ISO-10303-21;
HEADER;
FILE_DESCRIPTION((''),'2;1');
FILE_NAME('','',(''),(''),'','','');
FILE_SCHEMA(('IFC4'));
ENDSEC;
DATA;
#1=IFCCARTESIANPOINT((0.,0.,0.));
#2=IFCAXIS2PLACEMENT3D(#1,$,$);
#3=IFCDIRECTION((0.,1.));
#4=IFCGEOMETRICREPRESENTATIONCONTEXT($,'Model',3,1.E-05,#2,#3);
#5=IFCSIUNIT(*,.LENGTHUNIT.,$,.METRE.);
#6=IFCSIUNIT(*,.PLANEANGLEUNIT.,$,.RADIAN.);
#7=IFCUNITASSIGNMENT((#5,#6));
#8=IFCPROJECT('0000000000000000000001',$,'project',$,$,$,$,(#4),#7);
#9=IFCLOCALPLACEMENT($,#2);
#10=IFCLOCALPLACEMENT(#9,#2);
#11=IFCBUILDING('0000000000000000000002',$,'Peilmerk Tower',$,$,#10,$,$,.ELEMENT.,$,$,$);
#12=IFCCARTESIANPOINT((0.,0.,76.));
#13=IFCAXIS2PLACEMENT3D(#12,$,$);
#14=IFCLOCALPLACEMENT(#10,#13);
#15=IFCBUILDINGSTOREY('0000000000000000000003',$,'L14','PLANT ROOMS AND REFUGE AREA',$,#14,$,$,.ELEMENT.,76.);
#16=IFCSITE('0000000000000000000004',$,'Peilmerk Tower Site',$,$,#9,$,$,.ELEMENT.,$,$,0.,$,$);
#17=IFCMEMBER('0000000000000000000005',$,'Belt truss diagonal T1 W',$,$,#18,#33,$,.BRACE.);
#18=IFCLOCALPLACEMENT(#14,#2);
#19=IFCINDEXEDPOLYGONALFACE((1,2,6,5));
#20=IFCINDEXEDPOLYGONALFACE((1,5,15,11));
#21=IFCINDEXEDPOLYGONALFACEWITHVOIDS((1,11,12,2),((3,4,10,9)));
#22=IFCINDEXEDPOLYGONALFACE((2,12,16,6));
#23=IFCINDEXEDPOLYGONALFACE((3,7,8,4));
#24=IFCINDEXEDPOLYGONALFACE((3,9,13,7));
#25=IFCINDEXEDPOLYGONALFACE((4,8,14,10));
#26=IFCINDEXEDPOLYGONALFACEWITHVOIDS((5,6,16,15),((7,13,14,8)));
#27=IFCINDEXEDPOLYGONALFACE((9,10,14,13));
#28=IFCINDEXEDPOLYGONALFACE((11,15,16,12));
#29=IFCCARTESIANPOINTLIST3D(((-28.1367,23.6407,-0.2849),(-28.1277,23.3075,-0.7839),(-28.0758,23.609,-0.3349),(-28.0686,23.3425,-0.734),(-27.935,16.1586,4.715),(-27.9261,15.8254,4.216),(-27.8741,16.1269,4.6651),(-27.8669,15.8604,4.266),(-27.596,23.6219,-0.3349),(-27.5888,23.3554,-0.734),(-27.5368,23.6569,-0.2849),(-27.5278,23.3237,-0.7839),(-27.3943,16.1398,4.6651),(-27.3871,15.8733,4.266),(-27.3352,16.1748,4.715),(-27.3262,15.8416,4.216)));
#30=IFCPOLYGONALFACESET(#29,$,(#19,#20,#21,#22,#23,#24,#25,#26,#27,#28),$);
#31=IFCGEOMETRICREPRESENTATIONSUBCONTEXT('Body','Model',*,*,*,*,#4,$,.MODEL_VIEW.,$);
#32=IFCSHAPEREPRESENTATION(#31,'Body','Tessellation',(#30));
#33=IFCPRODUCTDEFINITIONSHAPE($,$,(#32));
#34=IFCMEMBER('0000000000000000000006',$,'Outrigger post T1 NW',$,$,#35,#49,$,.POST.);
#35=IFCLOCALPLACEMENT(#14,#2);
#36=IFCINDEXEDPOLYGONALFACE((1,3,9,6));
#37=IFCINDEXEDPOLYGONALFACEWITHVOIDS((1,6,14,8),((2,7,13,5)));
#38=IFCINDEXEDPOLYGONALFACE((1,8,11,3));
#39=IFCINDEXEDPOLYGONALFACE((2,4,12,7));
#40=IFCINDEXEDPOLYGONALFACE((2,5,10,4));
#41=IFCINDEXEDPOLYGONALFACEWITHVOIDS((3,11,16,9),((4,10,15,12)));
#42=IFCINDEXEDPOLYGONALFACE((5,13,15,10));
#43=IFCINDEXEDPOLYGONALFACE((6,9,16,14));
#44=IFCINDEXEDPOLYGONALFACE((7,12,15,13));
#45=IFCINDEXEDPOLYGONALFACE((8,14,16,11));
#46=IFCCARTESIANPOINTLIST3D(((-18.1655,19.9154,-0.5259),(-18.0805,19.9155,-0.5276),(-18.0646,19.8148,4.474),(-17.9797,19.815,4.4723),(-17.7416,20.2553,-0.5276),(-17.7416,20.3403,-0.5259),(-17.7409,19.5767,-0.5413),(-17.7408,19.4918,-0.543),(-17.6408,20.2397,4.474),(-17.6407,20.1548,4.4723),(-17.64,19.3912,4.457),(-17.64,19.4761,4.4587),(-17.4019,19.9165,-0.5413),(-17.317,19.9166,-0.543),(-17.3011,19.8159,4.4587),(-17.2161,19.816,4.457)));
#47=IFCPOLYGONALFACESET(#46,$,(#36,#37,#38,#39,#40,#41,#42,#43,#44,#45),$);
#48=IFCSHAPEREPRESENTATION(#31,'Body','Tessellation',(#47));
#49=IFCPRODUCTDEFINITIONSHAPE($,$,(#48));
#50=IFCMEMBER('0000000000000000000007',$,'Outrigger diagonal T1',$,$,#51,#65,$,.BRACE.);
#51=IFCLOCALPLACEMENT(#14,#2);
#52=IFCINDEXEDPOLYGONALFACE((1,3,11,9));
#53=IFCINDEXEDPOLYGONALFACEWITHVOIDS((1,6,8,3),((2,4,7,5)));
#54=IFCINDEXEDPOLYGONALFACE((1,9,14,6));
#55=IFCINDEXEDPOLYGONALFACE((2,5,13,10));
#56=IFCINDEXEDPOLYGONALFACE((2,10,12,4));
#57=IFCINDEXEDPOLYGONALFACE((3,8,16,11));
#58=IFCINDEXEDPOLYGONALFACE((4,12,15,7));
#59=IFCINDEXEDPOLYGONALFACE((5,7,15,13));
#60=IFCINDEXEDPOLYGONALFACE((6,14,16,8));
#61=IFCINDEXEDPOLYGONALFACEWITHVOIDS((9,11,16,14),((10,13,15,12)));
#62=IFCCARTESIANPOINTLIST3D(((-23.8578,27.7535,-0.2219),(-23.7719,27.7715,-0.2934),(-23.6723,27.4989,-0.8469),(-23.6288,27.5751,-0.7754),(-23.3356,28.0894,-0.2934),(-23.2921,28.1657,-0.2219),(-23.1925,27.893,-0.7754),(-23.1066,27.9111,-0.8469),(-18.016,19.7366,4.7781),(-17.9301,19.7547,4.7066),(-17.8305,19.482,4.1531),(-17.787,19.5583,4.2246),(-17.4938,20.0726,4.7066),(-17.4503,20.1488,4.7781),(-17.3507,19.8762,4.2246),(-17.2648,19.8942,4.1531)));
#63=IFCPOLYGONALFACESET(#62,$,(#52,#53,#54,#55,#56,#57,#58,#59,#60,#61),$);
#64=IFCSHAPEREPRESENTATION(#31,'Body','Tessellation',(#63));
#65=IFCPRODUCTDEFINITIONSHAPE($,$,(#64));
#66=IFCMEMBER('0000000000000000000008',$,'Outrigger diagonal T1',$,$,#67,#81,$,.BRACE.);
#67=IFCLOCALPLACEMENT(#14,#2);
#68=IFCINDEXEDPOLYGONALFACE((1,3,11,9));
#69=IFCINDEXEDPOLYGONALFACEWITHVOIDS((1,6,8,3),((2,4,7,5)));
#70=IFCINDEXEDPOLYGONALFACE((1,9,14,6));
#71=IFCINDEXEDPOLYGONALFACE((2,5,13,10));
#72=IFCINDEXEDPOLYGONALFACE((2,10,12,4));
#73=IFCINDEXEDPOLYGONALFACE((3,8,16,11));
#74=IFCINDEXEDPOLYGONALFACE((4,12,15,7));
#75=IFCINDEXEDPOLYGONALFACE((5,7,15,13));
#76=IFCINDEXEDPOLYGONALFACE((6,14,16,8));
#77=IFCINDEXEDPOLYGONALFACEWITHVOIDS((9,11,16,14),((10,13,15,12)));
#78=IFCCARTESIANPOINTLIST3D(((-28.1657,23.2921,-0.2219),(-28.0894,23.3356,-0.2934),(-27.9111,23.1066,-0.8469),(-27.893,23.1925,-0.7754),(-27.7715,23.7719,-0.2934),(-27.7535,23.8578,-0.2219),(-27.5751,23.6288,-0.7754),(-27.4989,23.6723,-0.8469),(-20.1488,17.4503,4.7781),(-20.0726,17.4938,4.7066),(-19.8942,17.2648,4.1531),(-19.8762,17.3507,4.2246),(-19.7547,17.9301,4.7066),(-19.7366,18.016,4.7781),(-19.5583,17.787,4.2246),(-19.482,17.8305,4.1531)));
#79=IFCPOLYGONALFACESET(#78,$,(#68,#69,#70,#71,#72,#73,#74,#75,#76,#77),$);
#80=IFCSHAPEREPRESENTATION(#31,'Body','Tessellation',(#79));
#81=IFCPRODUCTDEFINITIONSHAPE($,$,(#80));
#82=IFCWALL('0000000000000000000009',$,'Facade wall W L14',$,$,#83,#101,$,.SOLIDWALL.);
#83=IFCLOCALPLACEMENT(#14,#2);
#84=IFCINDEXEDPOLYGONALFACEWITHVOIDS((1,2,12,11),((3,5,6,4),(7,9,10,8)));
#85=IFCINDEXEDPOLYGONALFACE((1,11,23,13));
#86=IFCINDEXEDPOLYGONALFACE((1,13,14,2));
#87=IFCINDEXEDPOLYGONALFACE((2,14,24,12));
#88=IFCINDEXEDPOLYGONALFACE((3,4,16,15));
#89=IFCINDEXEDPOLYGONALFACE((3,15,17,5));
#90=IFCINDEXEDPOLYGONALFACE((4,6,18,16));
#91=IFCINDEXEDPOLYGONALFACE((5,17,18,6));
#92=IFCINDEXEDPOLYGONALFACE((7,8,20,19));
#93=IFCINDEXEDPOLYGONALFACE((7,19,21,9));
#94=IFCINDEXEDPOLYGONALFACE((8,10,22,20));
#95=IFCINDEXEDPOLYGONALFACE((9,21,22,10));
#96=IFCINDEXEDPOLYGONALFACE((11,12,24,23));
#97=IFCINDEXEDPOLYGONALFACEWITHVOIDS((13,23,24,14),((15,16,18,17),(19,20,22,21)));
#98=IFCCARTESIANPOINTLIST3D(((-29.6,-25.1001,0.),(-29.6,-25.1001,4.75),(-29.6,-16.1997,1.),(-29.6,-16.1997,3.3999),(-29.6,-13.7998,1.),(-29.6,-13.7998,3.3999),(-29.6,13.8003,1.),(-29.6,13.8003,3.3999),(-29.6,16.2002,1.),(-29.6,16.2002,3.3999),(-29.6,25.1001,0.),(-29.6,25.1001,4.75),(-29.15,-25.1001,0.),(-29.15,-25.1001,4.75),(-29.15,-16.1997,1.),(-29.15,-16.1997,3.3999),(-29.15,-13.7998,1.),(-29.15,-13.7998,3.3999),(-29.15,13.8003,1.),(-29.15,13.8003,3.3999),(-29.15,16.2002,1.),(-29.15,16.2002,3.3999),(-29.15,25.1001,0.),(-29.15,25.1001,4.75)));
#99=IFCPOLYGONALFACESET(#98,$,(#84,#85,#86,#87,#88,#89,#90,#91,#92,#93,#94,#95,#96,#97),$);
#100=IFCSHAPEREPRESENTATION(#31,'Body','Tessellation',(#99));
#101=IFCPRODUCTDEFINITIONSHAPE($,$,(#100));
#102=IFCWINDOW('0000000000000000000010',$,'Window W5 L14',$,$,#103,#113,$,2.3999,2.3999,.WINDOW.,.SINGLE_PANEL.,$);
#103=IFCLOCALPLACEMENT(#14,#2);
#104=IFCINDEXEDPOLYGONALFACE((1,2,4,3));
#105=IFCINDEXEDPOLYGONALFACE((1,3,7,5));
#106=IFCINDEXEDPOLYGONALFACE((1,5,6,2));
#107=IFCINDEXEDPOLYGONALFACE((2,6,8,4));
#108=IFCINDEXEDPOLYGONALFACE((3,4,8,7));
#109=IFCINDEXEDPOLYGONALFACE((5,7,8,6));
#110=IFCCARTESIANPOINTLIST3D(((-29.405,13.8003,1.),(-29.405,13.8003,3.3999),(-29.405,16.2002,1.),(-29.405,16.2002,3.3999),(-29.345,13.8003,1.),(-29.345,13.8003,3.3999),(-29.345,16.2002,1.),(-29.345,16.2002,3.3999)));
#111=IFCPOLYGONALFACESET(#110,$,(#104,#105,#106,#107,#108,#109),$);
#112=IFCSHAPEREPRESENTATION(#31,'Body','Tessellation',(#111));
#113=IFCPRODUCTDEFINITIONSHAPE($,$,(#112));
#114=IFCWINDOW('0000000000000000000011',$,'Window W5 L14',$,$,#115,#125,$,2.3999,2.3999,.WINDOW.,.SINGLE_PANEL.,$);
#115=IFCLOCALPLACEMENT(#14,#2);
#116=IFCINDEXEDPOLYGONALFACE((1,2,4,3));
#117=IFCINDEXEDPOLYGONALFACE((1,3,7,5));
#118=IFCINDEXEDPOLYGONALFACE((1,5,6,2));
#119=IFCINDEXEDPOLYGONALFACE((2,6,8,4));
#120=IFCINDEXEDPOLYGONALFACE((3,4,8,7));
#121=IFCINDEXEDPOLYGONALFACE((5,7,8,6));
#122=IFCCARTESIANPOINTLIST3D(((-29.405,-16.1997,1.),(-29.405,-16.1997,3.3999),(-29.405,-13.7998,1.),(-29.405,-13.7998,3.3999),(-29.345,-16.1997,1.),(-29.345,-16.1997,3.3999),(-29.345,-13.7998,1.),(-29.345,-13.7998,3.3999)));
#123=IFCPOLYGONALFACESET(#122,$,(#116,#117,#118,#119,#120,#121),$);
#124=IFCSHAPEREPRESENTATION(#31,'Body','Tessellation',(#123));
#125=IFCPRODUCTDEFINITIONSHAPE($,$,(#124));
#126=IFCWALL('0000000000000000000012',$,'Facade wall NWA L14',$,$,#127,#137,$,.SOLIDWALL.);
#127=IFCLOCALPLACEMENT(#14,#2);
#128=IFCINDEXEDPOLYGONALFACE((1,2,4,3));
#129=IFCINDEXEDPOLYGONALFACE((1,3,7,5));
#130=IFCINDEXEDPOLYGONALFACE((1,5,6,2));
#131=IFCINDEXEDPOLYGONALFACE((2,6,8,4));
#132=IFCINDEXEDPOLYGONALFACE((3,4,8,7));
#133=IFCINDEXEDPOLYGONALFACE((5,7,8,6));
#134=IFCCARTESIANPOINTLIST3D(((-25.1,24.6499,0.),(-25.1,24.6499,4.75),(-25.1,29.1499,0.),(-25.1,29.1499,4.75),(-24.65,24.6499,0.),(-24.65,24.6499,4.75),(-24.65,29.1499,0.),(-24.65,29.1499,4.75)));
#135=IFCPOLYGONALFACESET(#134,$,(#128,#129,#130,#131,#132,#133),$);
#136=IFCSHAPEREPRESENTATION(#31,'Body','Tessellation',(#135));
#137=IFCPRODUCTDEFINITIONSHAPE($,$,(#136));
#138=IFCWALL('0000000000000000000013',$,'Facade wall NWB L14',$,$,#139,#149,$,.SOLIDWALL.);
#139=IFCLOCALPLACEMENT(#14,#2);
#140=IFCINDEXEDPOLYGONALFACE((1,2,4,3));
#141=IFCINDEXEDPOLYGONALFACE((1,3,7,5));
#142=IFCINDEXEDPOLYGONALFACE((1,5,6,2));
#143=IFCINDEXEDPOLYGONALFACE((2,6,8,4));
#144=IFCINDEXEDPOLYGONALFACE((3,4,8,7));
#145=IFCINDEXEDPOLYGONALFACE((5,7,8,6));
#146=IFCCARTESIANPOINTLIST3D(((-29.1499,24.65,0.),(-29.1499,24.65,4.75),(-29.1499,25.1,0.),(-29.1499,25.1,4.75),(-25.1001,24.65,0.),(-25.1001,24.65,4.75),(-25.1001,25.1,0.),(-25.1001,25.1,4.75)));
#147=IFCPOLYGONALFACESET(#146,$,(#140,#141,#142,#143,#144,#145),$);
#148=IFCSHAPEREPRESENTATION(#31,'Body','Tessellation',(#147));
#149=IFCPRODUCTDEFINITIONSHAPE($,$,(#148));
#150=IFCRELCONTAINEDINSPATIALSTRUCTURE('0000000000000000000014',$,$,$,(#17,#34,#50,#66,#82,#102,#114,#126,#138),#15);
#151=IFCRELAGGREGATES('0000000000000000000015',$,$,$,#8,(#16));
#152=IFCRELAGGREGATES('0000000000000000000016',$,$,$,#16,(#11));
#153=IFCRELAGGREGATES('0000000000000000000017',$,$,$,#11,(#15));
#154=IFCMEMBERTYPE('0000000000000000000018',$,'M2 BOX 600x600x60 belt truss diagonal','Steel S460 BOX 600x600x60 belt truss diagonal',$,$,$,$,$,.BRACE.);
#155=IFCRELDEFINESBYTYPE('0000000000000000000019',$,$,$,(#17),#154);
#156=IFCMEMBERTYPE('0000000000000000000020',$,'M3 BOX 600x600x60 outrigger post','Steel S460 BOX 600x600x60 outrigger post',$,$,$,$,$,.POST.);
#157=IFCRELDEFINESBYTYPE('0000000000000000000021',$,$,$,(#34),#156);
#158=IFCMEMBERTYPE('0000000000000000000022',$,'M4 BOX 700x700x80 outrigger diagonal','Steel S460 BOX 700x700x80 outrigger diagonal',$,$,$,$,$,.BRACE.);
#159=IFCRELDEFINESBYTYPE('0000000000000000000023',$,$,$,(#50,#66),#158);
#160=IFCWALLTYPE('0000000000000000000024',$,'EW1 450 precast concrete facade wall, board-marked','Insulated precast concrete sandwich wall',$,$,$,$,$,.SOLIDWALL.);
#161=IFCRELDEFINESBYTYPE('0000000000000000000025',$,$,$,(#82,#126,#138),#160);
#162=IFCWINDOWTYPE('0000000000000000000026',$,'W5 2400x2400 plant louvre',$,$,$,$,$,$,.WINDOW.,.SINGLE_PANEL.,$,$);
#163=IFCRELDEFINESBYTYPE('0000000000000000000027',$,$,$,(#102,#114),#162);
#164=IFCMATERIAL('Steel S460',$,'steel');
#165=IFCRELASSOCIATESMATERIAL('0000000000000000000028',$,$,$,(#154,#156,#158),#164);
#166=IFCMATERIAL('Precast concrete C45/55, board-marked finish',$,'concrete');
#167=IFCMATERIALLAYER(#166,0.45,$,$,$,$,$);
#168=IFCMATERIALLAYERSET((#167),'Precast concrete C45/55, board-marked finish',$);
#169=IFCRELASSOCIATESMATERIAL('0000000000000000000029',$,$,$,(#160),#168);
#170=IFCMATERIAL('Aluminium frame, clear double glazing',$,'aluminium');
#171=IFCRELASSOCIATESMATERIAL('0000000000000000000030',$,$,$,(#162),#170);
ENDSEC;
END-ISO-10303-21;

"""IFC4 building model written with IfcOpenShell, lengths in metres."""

from ifc_helpers import new_model, si_unit, direction, frame, frame_2d, origin, origin_2d, place, context, subcontext, project, spatial, rectangle, hollow_rectangle, extrude, material, layer, layer_set, material_profile, profile_set, type_object, element, fill, save


model = new_model("IFC4")

# Units and contexts
model_context = context("Model", 3, precision=1e-05, world=origin(), true_north=direction((0.0, 1.0)))
body_context = subcontext(model_context, "Body", "Model", "MODEL_VIEW")
ifc_project = project(units=[si_unit("LENGTHUNIT", "METRE"), si_unit("PLANEANGLEUNIT", "RADIAN")], contexts=[model_context])

# Site, building, storey
site_placement = place(None, origin())
site = spatial("IfcSite", under=ifc_project, at=site_placement, Name="Peilmerk Tower Site", CompositionType="ELEMENT", RefElevation=0.0)
building_placement = place(site_placement, origin())
building = spatial("IfcBuilding", under=site, at=building_placement, Name="Peilmerk Tower", CompositionType="ELEMENT")
storey_placement = place(building_placement, frame((0.0, 0.0, 76.0)))
storey = spatial("IfcBuildingStorey", under=building, at=storey_placement, Name="L14", Description="PLANT ROOMS AND REFUGE AREA", CompositionType="ELEMENT", Elevation=76.0)

# Shared definitions
ifc_material_1 = material(Name="Steel S460", Category="steel")

# Members
ifc_material_profile_1 = material_profile(ifc_material_1, hollow_rectangle(XDim=0.6001, YDim=0.6001, WallThickness=0.0601, at=origin_2d()), Name="BOX 600x600x60")
ifc_profile_set_1 = profile_set([ifc_material_profile_1], Name="Steel S460")
member_type_1 = type_object("IfcMemberType", Name="M2 BOX 600x600x60 belt truss diagonal", Description="Steel S460 BOX 600x600x60 belt truss diagonal", PredefinedType="BRACE", material=ifc_profile_set_1)
for number, where, z_axis, x_axis, name in (
    (1, (-27.8323, 23.4822, -0.5344), (0.022403, -0.831232, 0.555474), (0.999637, 0.026942, 0.0), "Belt truss diagonal T1 W"),
):
    element("IfcMember", number, at=place(storey_placement, frame(where, z_axis=z_axis, x_axis=x_axis)), inside=storey, type_object=member_type_1, Name=name, PredefinedType="BRACE", context=body_context, shape_type="SweptSolid", body=[
        extrude(hollow_rectangle(XDim=0.6001, YDim=0.6001, WallThickness=0.0601, at=origin_2d()), origin(), (0.0, 0.0, 1.0), 9.0012),
    ])
ifc_material_profile_2 = material_profile(ifc_material_1, hollow_rectangle(XDim=0.6001, YDim=0.6001, WallThickness=0.0601, at=origin_2d()), Name="BOX 600x600x60")
ifc_profile_set_2 = profile_set([ifc_material_profile_2], Name="Steel S460")
member_type_2 = type_object("IfcMemberType", Name="M3 BOX 600x600x60 outrigger post", Description="Steel S460 BOX 600x600x60 outrigger post", PredefinedType="POST", material=ifc_profile_set_2)
member_1_placement = place(storey_placement, frame((-17.7412, 19.916, -0.5344), z_axis=(0.020158, -0.020109, 0.999595), x_axis=(0.706249, 0.707963, 0.0)))
element("IfcMember", 2, at=member_1_placement, inside=storey, type_object=member_type_2, Name="Outrigger post T1 NW", PredefinedType="POST", context=body_context, shape_type="SweptSolid", body=[
    extrude(hollow_rectangle(XDim=0.6001, YDim=0.6001, WallThickness=0.0601, at=origin_2d()), origin(), (0.0, 0.0, 1.0), 5.002),
])
ifc_material_profile_3 = material_profile(ifc_material_1, hollow_rectangle(XDim=0.7, YDim=0.7, WallThickness=0.0801, at=origin_2d()), Name="BOX 700x700x80")
ifc_profile_set_3 = profile_set([ifc_material_profile_3], Name="Steel S460")
member_type_3 = type_object("IfcMemberType", Name="M4 BOX 700x700x80 outrigger diagonal", Description="Steel S460 BOX 700x700x80 outrigger diagonal", PredefinedType="BRACE", material=ifc_profile_set_3)
for number, where, z_axis, x_axis, name in (
    (3, (-23.4822, 27.8323, -0.5344), (0.52589, -0.721693, 0.45011), (0.808191, 0.588921, 0.0), "Outrigger diagonal T1"),
    (4, (-27.8323, 23.4822, -0.5344), (0.721693, -0.52589, 0.45011), (0.588921, 0.808191, 0.0), "Outrigger diagonal T1"),
):
    element("IfcMember", number, at=place(storey_placement, frame(where, z_axis=z_axis, x_axis=x_axis)), inside=storey, type_object=member_type_3, Name=name, PredefinedType="BRACE", context=body_context, shape_type="SweptSolid", body=[
        extrude(hollow_rectangle(XDim=0.7, YDim=0.7, WallThickness=0.0801, at=origin_2d()), origin(), (0.0, 0.0, 1.0), 11.1084),
    ])

# Wall, openings, windows
ifc_material_2 = material(Name="Precast concrete C45/55, board-marked finish", Category="concrete")
ifc_layer = layer(ifc_material_2, 0.45)
ifc_layer_set = layer_set([ifc_layer], Name="Precast concrete C45/55, board-marked finish")
wall_type = type_object("IfcWallType", Name="EW1 450 precast concrete facade wall, board-marked", Description="Insulated precast concrete sandwich wall", PredefinedType="SOLIDWALL", material=ifc_layer_set)
wall_1_placement = place(storey_placement, frame((-29.375, 25.1001, 0.0), z_axis=(0.0, 0.0, 1.0), x_axis=(0.0, -1.0, 0.0)))
wall_1 = element("IfcWall", 5, at=wall_1_placement, inside=storey, type_object=wall_type, Name="Facade wall W L14", PredefinedType="SOLIDWALL", context=body_context, shape_type="SweptSolid", body=[
    extrude(rectangle(XDim=50.2002, YDim=0.45, at=frame_2d((25.1001, 0.0))), origin(), (0.0, 0.0, 1.0), 4.75),
])
opening_1_placement = place(wall_1_placement, frame((8.8999, 0.0, 1.0)))
opening_1 = element("IfcOpeningElement", 6, at=opening_1_placement, cuts=wall_1, PredefinedType="OPENING", context=body_context, shape_type="SweptSolid", body=[
    extrude(rectangle(XDim=2.3999, YDim=2.3999, at=frame_2d((1.2, 1.2))), frame((0.0, 0.2349, 0.0), z_axis=(0.0, -1.0, 0.0), x_axis=(1.0, 0.0, 0.0)), (0.0, 0.0, 1.0), 0.47),
])
opening_2_placement = place(wall_1_placement, frame((38.8999, 0.0, 1.0)))
opening_2 = element("IfcOpeningElement", 7, at=opening_2_placement, cuts=wall_1, PredefinedType="OPENING", context=body_context, shape_type="SweptSolid", body=[
    extrude(rectangle(XDim=2.3999, YDim=2.3999, at=frame_2d((1.2, 1.2))), frame((0.0, 0.2349, 0.0), z_axis=(0.0, -1.0, 0.0), x_axis=(1.0, 0.0, 0.0)), (0.0, 0.0, 1.0), 0.47),
])
ifc_material_3 = material(Name="Aluminium frame, clear double glazing", Category="aluminium")
window_type = type_object("IfcWindowType", Name="W5 2400x2400 plant louvre", PartitioningType="SINGLE_PANEL", PredefinedType="WINDOW", material=ifc_material_3)
window_1_placement = place(opening_1_placement, origin())
window_1 = element("IfcWindow", 8, at=window_1_placement, inside=storey, type_object=window_type, Name="Window W5 L14", OverallHeight=2.3999, OverallWidth=2.3999, PartitioningType="SINGLE_PANEL", PredefinedType="WINDOW", context=body_context, shape_type="SweptSolid", body=[
    extrude(rectangle(XDim=2.3999, YDim=2.3999, at=frame_2d((1.2, 1.2))), frame((0.0, 0.03, 0.0), z_axis=(0.0, -1.0, 0.0), x_axis=(1.0, 0.0, 0.0)), (0.0, 0.0, 1.0), 0.0601),
])
fill(opening_1, window_1)
window_2_placement = place(opening_2_placement, origin())
window_2 = element("IfcWindow", 9, at=window_2_placement, inside=storey, type_object=window_type, Name="Window W5 L14", OverallHeight=2.3999, OverallWidth=2.3999, PartitioningType="SINGLE_PANEL", PredefinedType="WINDOW", context=body_context, shape_type="SweptSolid", body=[
    extrude(rectangle(XDim=2.3999, YDim=2.3999, at=frame_2d((1.2, 1.2))), frame((0.0, 0.03, 0.0), z_axis=(0.0, -1.0, 0.0), x_axis=(1.0, 0.0, 0.0)), (0.0, 0.0, 1.0), 0.0601),
])
fill(opening_2, window_2)

# Walls
wall_2_placement = place(storey_placement, frame((-24.875, 24.6499, 0.0), z_axis=(0.0, 0.0, 1.0), x_axis=(0.0, 1.0, 0.0)))
element("IfcWall", 10, at=wall_2_placement, inside=storey, type_object=wall_type, Name="Facade wall NWA L14", PredefinedType="SOLIDWALL", context=body_context, shape_type="SweptSolid", body=[
    extrude(rectangle(XDim=4.5, YDim=0.45, at=frame_2d((2.25, 0.0))), origin(), (0.0, 0.0, 1.0), 4.75),
])
wall_3_placement = place(storey_placement, frame((-25.1001, 24.875, 0.0), z_axis=(0.0, 0.0, 1.0), x_axis=(-1.0, 0.0, 0.0)))
element("IfcWall", 11, at=wall_3_placement, inside=storey, type_object=wall_type, Name="Facade wall NWB L14", PredefinedType="SOLIDWALL", context=body_context, shape_type="SweptSolid", body=[
    extrude(rectangle(XDim=4.0498, YDim=0.45, at=frame_2d((2.0249, 0.0))), origin(), (0.0, 0.0, 1.0), 4.75),
])

save(model, "model.ifc")
